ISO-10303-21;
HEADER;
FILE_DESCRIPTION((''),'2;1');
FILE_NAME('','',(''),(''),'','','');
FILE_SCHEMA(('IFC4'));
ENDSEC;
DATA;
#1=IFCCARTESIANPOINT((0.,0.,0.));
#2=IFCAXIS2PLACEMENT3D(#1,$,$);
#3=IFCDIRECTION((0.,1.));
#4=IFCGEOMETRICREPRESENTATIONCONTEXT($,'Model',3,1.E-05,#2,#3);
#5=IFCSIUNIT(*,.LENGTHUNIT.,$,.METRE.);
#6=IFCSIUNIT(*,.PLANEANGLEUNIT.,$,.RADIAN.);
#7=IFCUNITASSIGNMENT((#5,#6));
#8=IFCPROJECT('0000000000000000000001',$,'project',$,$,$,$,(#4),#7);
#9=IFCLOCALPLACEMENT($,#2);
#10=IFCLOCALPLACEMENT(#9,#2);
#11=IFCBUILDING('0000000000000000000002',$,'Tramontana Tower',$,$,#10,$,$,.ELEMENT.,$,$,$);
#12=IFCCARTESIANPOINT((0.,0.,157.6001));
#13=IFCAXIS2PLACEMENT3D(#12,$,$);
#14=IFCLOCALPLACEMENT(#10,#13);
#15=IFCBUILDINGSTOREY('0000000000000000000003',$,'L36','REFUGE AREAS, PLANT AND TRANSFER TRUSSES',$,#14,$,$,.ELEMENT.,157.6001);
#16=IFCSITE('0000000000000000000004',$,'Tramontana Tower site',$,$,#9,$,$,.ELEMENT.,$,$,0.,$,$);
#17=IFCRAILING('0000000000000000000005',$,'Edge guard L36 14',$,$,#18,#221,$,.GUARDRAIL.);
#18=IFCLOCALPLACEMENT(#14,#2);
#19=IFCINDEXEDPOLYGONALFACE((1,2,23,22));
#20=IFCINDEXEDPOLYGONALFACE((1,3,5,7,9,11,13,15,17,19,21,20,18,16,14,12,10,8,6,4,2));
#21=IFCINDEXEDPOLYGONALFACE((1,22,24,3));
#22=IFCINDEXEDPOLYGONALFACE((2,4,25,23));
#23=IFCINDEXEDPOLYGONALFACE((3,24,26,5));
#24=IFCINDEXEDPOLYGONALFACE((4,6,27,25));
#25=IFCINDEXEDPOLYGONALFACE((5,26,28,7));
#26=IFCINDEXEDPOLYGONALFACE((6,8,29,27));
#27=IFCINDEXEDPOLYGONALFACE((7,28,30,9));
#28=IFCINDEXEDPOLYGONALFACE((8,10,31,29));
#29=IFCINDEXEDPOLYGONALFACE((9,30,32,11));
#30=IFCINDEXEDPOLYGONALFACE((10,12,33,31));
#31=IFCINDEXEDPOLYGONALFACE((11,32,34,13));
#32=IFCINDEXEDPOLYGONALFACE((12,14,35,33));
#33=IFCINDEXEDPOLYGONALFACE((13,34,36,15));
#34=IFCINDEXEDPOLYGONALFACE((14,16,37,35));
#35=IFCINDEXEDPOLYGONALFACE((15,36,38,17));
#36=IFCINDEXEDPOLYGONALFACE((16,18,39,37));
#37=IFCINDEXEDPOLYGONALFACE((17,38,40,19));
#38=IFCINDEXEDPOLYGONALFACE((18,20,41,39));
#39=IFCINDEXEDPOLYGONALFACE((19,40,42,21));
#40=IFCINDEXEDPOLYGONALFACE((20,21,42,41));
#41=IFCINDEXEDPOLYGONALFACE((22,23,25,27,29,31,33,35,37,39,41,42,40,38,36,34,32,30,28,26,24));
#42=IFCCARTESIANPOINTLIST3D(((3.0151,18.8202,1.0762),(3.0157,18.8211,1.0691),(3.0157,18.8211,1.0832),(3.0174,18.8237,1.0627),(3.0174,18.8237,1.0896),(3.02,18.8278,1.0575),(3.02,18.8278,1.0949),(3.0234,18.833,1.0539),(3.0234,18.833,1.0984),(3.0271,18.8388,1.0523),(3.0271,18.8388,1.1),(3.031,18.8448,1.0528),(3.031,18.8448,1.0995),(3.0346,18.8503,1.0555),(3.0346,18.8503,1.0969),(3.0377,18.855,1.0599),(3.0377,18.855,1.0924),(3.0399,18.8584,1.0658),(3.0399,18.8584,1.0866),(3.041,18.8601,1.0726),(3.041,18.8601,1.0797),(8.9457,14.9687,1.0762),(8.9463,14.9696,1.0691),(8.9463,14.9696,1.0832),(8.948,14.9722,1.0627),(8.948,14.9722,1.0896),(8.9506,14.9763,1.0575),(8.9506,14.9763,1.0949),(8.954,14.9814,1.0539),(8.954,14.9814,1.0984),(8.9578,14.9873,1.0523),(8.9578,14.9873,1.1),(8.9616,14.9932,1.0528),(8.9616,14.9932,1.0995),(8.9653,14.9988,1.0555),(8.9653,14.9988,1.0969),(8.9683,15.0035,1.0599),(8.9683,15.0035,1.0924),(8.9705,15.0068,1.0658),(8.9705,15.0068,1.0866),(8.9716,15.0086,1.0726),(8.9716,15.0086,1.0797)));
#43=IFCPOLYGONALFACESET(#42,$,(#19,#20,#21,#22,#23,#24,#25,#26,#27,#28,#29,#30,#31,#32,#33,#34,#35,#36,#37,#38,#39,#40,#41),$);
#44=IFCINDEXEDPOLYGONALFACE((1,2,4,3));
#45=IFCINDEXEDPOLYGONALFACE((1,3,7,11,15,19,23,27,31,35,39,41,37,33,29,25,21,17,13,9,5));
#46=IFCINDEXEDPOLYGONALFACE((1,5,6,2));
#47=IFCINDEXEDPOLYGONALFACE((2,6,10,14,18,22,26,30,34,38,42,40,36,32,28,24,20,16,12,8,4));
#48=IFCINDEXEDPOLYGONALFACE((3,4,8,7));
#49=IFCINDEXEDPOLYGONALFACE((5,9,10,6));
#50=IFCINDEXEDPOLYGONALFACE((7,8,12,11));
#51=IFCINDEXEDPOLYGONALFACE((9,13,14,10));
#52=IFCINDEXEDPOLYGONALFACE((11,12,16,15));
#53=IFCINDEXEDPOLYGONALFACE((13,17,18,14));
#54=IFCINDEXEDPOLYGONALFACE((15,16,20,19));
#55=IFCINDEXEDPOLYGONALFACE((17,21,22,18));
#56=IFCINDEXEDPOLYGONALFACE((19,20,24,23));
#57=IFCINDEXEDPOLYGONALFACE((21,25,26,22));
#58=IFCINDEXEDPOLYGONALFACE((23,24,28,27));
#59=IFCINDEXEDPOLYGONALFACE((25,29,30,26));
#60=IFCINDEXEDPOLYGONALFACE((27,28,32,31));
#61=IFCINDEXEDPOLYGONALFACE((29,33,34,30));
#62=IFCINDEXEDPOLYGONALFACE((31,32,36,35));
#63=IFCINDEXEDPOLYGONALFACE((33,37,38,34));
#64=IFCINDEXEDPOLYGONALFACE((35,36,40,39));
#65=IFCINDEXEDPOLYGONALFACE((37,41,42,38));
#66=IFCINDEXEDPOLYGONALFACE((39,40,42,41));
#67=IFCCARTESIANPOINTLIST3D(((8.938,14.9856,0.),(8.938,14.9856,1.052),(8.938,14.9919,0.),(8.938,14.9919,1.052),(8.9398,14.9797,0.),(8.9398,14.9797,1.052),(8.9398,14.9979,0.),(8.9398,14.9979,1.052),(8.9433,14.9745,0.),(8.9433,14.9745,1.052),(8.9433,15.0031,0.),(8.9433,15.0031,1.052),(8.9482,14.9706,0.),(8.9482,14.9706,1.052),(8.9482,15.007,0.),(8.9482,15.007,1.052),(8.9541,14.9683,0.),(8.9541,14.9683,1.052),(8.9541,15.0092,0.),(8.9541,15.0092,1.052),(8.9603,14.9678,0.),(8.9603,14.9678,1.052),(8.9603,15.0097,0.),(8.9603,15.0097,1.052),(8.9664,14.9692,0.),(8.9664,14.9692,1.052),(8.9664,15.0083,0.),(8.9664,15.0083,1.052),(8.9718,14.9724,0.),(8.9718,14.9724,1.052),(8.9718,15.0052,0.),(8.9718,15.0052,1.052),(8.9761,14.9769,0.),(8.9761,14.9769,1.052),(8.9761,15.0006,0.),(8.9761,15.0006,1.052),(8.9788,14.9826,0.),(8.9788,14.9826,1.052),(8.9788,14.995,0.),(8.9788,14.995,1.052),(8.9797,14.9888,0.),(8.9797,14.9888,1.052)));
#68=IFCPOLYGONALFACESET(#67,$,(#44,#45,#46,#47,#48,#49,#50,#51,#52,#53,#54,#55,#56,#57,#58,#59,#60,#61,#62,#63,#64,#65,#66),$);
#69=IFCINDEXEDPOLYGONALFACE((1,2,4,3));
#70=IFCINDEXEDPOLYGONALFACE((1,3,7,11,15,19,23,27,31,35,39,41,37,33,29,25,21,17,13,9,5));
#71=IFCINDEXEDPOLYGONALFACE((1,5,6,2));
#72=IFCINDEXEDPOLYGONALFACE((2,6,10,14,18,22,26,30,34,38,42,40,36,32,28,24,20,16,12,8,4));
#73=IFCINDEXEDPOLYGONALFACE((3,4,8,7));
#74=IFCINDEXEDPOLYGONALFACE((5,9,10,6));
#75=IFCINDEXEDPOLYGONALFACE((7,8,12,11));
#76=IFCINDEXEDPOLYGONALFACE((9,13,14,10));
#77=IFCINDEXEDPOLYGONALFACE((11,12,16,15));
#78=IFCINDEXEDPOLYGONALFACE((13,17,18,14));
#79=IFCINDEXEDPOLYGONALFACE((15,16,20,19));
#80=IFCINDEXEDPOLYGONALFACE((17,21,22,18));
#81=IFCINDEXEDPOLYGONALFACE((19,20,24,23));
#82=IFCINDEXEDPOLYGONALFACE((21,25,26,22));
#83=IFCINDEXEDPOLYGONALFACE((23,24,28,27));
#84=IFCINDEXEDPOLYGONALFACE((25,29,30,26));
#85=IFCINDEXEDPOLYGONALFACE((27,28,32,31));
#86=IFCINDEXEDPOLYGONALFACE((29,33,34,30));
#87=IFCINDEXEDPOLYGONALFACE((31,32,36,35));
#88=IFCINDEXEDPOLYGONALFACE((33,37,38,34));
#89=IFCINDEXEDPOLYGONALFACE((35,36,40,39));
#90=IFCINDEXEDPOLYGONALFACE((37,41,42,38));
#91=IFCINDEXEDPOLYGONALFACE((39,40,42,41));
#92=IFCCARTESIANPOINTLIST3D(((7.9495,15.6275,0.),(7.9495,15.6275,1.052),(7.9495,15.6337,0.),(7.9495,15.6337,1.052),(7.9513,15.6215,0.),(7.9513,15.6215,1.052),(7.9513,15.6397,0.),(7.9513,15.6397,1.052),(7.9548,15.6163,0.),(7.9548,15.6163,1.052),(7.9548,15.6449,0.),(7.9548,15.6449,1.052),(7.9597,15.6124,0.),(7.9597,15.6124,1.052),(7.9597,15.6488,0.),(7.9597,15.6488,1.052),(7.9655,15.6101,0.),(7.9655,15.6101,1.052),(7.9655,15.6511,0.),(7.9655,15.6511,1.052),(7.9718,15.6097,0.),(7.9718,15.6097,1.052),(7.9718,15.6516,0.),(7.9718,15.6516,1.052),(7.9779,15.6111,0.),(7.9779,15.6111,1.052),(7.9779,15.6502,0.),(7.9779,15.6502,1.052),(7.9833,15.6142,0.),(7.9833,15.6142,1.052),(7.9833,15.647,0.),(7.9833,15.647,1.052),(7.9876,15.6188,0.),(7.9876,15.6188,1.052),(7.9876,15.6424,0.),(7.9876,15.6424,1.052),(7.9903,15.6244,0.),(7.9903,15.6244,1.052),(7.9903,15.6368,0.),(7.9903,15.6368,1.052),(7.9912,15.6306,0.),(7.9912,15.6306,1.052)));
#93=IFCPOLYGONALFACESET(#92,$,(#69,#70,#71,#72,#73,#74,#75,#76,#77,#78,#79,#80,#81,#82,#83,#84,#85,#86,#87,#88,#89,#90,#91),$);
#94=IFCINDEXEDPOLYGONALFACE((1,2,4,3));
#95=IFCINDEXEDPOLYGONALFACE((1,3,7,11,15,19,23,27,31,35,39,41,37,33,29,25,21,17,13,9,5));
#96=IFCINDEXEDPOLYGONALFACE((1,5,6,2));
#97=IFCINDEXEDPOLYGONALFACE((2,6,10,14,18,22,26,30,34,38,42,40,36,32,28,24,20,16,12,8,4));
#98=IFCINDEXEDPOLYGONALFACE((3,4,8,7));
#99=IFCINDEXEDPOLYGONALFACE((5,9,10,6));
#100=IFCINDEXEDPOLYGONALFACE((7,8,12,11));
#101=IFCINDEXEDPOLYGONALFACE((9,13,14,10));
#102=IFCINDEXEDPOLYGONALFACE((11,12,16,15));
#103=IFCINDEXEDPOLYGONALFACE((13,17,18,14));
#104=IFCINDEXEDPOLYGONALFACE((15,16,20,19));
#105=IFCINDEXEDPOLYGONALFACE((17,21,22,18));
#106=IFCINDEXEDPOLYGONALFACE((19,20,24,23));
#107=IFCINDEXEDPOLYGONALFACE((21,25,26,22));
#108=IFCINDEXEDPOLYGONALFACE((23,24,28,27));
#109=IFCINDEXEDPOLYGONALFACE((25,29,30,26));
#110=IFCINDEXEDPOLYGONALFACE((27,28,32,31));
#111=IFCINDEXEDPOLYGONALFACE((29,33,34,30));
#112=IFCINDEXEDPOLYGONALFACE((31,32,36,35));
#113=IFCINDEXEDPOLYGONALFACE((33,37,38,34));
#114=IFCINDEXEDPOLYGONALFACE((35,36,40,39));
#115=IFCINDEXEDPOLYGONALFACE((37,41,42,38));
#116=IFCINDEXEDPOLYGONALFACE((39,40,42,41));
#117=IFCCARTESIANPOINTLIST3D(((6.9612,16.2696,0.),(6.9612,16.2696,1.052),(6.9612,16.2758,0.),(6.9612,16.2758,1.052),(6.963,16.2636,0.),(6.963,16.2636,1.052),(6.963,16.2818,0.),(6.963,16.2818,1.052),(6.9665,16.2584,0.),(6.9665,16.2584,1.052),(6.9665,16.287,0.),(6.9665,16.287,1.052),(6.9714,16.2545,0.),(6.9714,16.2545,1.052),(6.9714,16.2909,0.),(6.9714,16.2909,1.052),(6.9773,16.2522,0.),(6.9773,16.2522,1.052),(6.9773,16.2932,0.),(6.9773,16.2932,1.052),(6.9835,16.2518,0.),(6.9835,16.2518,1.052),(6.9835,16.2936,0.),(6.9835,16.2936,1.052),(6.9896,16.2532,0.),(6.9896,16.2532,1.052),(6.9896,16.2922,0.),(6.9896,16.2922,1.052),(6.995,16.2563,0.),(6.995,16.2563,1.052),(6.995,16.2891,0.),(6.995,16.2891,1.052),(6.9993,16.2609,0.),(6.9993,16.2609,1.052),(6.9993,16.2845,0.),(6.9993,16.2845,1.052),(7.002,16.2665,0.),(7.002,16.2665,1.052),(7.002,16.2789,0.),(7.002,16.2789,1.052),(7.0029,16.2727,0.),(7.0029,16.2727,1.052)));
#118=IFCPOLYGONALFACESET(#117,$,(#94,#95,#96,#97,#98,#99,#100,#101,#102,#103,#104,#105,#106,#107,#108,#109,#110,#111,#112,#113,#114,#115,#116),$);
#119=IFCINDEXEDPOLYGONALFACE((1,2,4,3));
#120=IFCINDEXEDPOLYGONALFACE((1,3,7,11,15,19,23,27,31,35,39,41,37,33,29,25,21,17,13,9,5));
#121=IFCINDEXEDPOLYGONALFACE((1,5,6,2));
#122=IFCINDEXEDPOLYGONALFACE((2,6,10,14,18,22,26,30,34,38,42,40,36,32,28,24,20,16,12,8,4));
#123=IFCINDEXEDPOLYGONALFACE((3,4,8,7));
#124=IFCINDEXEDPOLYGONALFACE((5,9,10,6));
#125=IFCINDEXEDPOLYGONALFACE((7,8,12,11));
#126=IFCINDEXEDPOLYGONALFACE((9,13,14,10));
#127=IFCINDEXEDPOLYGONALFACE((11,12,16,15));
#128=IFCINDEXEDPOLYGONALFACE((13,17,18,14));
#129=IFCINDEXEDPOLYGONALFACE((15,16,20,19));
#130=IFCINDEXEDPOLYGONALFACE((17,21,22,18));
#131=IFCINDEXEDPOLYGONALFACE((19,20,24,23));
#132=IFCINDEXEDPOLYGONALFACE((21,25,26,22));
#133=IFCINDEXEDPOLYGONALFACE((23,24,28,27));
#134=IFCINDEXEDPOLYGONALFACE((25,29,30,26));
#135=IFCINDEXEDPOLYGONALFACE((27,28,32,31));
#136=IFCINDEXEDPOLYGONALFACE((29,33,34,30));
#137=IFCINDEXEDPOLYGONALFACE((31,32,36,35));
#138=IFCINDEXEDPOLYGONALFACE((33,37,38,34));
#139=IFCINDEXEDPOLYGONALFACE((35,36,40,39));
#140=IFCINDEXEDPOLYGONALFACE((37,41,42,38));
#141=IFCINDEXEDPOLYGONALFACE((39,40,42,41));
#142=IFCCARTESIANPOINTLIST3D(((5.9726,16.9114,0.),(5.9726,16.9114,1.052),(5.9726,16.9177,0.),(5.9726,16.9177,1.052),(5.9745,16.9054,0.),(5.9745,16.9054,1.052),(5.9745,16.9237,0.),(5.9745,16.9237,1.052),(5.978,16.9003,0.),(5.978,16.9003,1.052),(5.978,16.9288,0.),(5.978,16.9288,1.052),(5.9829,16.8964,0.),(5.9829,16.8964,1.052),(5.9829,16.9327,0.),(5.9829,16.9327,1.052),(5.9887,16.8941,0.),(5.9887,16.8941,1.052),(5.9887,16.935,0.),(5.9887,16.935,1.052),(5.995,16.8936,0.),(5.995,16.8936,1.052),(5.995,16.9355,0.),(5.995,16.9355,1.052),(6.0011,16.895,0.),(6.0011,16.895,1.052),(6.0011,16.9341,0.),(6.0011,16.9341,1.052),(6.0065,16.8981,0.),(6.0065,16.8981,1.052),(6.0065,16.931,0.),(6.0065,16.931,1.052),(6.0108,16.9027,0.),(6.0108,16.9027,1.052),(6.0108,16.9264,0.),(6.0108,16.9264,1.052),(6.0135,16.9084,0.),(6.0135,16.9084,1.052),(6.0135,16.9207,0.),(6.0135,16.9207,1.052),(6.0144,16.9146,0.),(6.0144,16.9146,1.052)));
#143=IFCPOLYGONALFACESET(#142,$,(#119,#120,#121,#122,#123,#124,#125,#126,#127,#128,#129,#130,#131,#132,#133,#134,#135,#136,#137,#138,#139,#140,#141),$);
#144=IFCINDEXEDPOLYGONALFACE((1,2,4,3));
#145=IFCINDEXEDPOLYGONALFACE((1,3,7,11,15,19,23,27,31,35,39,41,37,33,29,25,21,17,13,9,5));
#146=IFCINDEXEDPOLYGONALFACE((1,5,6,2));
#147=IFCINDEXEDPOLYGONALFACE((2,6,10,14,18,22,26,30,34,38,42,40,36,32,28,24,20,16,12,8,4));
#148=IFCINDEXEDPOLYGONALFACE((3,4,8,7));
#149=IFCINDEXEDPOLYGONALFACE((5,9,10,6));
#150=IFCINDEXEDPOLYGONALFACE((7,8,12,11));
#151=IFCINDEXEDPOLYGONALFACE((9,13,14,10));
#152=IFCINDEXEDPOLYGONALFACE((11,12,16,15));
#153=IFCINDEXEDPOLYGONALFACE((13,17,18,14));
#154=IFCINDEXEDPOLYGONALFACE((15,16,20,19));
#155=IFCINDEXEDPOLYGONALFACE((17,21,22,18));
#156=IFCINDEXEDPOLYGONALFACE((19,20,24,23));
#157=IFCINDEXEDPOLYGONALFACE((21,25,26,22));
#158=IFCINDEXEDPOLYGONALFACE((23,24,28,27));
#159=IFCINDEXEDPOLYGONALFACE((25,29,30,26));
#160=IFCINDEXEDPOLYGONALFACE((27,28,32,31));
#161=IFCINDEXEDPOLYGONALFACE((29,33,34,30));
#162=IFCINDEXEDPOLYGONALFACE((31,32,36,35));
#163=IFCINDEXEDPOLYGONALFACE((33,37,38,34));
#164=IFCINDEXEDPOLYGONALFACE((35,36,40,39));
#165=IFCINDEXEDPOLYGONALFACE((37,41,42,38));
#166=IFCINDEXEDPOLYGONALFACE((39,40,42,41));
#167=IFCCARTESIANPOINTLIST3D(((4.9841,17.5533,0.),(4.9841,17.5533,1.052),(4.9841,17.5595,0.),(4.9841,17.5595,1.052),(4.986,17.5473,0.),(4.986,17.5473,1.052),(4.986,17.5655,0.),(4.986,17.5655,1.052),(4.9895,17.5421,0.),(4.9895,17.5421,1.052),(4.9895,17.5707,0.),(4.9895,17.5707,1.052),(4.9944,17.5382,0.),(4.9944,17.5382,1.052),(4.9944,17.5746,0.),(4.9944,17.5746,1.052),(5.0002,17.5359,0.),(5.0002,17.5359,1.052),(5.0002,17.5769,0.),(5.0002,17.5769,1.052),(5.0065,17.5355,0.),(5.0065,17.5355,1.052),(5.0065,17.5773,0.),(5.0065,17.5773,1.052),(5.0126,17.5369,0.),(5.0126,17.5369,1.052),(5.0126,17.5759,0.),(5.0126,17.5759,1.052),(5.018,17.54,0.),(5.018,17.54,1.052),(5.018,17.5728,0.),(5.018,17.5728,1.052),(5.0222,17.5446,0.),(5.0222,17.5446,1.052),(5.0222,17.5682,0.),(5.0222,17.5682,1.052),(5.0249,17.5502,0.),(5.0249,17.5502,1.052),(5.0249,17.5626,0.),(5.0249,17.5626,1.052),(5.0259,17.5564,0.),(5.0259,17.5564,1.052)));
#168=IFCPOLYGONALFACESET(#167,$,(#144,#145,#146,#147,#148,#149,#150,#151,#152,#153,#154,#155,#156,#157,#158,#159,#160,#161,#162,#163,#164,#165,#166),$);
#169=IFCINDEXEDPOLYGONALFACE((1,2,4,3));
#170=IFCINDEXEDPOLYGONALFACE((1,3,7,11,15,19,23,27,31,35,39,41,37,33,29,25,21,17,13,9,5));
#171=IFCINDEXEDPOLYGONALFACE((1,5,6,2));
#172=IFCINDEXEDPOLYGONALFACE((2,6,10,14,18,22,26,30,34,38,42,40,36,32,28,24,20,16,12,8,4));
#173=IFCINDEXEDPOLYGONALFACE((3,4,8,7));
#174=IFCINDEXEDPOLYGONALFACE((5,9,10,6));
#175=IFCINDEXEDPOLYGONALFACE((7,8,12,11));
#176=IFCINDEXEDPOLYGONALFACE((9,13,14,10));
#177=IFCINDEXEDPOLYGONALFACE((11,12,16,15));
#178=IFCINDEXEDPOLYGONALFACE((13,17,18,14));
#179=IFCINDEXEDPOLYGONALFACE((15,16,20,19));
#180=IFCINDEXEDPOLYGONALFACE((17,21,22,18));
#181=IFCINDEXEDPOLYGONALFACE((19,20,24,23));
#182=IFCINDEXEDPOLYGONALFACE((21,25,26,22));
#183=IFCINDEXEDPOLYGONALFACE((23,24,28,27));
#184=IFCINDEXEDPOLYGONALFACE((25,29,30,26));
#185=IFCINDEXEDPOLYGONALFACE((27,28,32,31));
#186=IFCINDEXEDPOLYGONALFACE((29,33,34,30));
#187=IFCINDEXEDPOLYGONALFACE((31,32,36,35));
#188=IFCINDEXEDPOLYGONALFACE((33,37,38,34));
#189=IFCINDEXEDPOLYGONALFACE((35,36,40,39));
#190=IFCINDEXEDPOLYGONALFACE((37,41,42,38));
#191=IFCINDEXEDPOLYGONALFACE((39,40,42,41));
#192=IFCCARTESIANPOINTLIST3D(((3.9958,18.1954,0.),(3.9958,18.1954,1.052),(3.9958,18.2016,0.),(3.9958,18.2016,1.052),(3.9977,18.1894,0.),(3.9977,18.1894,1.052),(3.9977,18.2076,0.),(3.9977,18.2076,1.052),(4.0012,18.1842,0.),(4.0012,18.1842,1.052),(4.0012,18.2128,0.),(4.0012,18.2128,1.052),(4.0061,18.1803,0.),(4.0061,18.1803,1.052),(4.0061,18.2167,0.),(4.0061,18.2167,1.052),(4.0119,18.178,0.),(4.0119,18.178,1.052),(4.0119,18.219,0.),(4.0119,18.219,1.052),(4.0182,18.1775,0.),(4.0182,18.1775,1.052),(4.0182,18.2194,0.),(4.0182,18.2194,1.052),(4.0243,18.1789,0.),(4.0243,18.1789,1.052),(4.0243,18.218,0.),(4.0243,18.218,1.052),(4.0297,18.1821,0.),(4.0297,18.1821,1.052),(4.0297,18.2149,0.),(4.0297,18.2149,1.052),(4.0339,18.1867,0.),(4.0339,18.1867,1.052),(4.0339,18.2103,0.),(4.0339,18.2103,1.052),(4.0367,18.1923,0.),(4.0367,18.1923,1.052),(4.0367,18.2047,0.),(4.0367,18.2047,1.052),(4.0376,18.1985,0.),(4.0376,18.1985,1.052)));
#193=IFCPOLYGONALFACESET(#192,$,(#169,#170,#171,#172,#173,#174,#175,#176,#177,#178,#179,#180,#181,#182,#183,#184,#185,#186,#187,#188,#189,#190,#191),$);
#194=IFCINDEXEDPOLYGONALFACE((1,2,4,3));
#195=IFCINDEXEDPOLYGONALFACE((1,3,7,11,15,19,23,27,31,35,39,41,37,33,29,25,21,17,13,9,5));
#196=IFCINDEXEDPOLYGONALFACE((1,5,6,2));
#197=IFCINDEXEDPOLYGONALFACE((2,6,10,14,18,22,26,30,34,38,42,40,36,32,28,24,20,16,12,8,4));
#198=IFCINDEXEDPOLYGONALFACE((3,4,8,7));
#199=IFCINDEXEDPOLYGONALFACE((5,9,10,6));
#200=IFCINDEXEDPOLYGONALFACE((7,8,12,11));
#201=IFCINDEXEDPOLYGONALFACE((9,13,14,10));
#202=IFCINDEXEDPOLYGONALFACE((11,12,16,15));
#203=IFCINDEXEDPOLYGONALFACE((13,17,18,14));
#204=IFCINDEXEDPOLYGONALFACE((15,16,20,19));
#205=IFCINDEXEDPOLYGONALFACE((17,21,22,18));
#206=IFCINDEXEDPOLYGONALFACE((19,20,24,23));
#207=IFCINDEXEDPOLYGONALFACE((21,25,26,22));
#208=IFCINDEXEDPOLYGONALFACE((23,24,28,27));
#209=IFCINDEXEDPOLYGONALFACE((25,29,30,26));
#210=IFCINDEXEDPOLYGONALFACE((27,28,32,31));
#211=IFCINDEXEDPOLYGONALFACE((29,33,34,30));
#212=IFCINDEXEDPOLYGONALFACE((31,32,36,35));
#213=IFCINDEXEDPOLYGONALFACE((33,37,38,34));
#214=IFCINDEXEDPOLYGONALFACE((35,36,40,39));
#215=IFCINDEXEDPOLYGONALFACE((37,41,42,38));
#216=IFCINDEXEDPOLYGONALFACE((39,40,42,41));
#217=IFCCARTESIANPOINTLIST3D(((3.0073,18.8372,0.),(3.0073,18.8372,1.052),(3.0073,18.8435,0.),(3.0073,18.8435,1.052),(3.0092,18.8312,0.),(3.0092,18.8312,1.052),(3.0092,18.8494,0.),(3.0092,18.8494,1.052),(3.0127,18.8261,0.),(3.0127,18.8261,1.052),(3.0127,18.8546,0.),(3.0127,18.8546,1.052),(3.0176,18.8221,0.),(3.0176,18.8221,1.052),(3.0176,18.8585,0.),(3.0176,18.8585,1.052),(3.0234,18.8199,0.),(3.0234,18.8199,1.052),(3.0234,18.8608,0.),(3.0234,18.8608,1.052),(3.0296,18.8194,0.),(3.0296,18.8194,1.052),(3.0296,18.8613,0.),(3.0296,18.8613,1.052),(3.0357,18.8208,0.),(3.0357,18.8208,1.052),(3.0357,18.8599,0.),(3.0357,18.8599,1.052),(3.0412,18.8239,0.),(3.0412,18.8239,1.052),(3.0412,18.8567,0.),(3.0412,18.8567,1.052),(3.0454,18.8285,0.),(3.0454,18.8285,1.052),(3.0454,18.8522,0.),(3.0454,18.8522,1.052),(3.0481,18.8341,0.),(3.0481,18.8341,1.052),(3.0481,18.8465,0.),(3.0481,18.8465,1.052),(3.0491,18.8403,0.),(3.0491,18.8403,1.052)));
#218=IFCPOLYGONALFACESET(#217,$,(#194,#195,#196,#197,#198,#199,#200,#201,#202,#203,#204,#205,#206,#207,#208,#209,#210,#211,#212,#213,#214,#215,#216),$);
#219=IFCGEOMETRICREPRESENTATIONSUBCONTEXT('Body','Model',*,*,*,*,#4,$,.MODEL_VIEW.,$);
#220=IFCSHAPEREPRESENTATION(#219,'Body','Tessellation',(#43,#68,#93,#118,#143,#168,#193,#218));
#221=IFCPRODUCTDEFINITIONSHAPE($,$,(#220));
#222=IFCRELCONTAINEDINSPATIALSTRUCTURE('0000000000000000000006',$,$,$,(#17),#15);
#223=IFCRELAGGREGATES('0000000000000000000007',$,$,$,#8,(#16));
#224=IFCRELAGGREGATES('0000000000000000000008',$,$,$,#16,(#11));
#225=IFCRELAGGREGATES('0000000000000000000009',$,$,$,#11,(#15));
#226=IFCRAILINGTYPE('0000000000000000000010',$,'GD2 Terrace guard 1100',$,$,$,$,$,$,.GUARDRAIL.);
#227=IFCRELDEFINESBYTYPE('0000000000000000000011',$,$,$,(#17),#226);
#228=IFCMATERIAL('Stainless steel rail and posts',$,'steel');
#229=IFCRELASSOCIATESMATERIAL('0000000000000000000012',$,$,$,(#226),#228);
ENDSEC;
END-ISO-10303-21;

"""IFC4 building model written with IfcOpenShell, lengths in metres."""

from ifc_helpers import new_model, si_unit, direction, frame, origin, origin_2d, place, context, subcontext, project, spatial, circle, extrude, material, type_object, element, save


model = new_model("IFC4")

# Units and contexts
model_context = context("Model", 3, precision=1e-05, world=origin(), true_north=direction((0.0, 1.0)))
body_context = subcontext(model_context, "Body", "Model", "MODEL_VIEW")
ifc_project = project(units=[si_unit("LENGTHUNIT", "METRE"), si_unit("PLANEANGLEUNIT", "RADIAN")], contexts=[model_context])

# Site, building, storey
site_placement = place(None, origin())
site = spatial("IfcSite", under=ifc_project, at=site_placement, Name="Tramontana Tower site", CompositionType="ELEMENT", RefElevation=0.0)
building_placement = place(site_placement, origin())
building = spatial("IfcBuilding", under=site, at=building_placement, Name="Tramontana Tower", CompositionType="ELEMENT")
storey_placement = place(building_placement, frame((0.0, 0.0, 157.6001)))
storey = spatial("IfcBuildingStorey", under=building, at=storey_placement, Name="L36", Description="REFUGE AREAS, PLANT AND TRANSFER TRUSSES", CompositionType="ELEMENT", Elevation=157.6001)

# Railing
ifc_material_1 = material(Name="Stainless steel rail and posts", Category="steel")
railing_type = type_object("IfcRailingType", Name="GD2 Terrace guard 1100", PredefinedType="GUARDRAIL", material=ifc_material_1)
railing_1_placement = place(storey_placement, frame((8.9587, 14.9888, 0.0)))
element("IfcRailing", 1, at=railing_1_placement, inside=storey, type_object=railing_type, Name="Edge guard L36 14", PredefinedType="GUARDRAIL", context=body_context, shape_type="SweptSolid", body=[
    extrude(circle(Radius=0.0239, at=origin_2d()), frame((0.0, 0.0, 1.0762), z_axis=(-0.838661, 0.544653, 0.0), x_axis=(-0.544653, -0.838661, 0.0)), (0.0, 0.0, 1.0), 7.0715),
    extrude(circle(Radius=0.021, at=origin_2d()), origin(), (0.0, 0.0, 1.0), 1.052),
    extrude(circle(Radius=0.021, at=origin_2d()), frame((-0.9885, 0.6418, 0.0)), (0.0, 0.0, 1.0), 1.052),
    extrude(circle(Radius=0.021, at=origin_2d()), frame((-1.9768, 1.2839, 0.0)), (0.0, 0.0, 1.0), 1.052),
    extrude(circle(Radius=0.021, at=origin_2d()), frame((-2.9653, 1.9258, 0.0)), (0.0, 0.0, 1.0), 1.052),
    extrude(circle(Radius=0.021, at=origin_2d()), frame((-3.9539, 2.5676, 0.0)), (0.0, 0.0, 1.0), 1.052),
    extrude(circle(Radius=0.021, at=origin_2d()), frame((-4.9421, 3.2097, 0.0)), (0.0, 0.0, 1.0), 1.052),
    extrude(circle(Radius=0.021, at=origin_2d()), frame((-5.9307, 3.8516, 0.0)), (0.0, 0.0, 1.0), 1.052),
])

save(model, "model.ifc")
